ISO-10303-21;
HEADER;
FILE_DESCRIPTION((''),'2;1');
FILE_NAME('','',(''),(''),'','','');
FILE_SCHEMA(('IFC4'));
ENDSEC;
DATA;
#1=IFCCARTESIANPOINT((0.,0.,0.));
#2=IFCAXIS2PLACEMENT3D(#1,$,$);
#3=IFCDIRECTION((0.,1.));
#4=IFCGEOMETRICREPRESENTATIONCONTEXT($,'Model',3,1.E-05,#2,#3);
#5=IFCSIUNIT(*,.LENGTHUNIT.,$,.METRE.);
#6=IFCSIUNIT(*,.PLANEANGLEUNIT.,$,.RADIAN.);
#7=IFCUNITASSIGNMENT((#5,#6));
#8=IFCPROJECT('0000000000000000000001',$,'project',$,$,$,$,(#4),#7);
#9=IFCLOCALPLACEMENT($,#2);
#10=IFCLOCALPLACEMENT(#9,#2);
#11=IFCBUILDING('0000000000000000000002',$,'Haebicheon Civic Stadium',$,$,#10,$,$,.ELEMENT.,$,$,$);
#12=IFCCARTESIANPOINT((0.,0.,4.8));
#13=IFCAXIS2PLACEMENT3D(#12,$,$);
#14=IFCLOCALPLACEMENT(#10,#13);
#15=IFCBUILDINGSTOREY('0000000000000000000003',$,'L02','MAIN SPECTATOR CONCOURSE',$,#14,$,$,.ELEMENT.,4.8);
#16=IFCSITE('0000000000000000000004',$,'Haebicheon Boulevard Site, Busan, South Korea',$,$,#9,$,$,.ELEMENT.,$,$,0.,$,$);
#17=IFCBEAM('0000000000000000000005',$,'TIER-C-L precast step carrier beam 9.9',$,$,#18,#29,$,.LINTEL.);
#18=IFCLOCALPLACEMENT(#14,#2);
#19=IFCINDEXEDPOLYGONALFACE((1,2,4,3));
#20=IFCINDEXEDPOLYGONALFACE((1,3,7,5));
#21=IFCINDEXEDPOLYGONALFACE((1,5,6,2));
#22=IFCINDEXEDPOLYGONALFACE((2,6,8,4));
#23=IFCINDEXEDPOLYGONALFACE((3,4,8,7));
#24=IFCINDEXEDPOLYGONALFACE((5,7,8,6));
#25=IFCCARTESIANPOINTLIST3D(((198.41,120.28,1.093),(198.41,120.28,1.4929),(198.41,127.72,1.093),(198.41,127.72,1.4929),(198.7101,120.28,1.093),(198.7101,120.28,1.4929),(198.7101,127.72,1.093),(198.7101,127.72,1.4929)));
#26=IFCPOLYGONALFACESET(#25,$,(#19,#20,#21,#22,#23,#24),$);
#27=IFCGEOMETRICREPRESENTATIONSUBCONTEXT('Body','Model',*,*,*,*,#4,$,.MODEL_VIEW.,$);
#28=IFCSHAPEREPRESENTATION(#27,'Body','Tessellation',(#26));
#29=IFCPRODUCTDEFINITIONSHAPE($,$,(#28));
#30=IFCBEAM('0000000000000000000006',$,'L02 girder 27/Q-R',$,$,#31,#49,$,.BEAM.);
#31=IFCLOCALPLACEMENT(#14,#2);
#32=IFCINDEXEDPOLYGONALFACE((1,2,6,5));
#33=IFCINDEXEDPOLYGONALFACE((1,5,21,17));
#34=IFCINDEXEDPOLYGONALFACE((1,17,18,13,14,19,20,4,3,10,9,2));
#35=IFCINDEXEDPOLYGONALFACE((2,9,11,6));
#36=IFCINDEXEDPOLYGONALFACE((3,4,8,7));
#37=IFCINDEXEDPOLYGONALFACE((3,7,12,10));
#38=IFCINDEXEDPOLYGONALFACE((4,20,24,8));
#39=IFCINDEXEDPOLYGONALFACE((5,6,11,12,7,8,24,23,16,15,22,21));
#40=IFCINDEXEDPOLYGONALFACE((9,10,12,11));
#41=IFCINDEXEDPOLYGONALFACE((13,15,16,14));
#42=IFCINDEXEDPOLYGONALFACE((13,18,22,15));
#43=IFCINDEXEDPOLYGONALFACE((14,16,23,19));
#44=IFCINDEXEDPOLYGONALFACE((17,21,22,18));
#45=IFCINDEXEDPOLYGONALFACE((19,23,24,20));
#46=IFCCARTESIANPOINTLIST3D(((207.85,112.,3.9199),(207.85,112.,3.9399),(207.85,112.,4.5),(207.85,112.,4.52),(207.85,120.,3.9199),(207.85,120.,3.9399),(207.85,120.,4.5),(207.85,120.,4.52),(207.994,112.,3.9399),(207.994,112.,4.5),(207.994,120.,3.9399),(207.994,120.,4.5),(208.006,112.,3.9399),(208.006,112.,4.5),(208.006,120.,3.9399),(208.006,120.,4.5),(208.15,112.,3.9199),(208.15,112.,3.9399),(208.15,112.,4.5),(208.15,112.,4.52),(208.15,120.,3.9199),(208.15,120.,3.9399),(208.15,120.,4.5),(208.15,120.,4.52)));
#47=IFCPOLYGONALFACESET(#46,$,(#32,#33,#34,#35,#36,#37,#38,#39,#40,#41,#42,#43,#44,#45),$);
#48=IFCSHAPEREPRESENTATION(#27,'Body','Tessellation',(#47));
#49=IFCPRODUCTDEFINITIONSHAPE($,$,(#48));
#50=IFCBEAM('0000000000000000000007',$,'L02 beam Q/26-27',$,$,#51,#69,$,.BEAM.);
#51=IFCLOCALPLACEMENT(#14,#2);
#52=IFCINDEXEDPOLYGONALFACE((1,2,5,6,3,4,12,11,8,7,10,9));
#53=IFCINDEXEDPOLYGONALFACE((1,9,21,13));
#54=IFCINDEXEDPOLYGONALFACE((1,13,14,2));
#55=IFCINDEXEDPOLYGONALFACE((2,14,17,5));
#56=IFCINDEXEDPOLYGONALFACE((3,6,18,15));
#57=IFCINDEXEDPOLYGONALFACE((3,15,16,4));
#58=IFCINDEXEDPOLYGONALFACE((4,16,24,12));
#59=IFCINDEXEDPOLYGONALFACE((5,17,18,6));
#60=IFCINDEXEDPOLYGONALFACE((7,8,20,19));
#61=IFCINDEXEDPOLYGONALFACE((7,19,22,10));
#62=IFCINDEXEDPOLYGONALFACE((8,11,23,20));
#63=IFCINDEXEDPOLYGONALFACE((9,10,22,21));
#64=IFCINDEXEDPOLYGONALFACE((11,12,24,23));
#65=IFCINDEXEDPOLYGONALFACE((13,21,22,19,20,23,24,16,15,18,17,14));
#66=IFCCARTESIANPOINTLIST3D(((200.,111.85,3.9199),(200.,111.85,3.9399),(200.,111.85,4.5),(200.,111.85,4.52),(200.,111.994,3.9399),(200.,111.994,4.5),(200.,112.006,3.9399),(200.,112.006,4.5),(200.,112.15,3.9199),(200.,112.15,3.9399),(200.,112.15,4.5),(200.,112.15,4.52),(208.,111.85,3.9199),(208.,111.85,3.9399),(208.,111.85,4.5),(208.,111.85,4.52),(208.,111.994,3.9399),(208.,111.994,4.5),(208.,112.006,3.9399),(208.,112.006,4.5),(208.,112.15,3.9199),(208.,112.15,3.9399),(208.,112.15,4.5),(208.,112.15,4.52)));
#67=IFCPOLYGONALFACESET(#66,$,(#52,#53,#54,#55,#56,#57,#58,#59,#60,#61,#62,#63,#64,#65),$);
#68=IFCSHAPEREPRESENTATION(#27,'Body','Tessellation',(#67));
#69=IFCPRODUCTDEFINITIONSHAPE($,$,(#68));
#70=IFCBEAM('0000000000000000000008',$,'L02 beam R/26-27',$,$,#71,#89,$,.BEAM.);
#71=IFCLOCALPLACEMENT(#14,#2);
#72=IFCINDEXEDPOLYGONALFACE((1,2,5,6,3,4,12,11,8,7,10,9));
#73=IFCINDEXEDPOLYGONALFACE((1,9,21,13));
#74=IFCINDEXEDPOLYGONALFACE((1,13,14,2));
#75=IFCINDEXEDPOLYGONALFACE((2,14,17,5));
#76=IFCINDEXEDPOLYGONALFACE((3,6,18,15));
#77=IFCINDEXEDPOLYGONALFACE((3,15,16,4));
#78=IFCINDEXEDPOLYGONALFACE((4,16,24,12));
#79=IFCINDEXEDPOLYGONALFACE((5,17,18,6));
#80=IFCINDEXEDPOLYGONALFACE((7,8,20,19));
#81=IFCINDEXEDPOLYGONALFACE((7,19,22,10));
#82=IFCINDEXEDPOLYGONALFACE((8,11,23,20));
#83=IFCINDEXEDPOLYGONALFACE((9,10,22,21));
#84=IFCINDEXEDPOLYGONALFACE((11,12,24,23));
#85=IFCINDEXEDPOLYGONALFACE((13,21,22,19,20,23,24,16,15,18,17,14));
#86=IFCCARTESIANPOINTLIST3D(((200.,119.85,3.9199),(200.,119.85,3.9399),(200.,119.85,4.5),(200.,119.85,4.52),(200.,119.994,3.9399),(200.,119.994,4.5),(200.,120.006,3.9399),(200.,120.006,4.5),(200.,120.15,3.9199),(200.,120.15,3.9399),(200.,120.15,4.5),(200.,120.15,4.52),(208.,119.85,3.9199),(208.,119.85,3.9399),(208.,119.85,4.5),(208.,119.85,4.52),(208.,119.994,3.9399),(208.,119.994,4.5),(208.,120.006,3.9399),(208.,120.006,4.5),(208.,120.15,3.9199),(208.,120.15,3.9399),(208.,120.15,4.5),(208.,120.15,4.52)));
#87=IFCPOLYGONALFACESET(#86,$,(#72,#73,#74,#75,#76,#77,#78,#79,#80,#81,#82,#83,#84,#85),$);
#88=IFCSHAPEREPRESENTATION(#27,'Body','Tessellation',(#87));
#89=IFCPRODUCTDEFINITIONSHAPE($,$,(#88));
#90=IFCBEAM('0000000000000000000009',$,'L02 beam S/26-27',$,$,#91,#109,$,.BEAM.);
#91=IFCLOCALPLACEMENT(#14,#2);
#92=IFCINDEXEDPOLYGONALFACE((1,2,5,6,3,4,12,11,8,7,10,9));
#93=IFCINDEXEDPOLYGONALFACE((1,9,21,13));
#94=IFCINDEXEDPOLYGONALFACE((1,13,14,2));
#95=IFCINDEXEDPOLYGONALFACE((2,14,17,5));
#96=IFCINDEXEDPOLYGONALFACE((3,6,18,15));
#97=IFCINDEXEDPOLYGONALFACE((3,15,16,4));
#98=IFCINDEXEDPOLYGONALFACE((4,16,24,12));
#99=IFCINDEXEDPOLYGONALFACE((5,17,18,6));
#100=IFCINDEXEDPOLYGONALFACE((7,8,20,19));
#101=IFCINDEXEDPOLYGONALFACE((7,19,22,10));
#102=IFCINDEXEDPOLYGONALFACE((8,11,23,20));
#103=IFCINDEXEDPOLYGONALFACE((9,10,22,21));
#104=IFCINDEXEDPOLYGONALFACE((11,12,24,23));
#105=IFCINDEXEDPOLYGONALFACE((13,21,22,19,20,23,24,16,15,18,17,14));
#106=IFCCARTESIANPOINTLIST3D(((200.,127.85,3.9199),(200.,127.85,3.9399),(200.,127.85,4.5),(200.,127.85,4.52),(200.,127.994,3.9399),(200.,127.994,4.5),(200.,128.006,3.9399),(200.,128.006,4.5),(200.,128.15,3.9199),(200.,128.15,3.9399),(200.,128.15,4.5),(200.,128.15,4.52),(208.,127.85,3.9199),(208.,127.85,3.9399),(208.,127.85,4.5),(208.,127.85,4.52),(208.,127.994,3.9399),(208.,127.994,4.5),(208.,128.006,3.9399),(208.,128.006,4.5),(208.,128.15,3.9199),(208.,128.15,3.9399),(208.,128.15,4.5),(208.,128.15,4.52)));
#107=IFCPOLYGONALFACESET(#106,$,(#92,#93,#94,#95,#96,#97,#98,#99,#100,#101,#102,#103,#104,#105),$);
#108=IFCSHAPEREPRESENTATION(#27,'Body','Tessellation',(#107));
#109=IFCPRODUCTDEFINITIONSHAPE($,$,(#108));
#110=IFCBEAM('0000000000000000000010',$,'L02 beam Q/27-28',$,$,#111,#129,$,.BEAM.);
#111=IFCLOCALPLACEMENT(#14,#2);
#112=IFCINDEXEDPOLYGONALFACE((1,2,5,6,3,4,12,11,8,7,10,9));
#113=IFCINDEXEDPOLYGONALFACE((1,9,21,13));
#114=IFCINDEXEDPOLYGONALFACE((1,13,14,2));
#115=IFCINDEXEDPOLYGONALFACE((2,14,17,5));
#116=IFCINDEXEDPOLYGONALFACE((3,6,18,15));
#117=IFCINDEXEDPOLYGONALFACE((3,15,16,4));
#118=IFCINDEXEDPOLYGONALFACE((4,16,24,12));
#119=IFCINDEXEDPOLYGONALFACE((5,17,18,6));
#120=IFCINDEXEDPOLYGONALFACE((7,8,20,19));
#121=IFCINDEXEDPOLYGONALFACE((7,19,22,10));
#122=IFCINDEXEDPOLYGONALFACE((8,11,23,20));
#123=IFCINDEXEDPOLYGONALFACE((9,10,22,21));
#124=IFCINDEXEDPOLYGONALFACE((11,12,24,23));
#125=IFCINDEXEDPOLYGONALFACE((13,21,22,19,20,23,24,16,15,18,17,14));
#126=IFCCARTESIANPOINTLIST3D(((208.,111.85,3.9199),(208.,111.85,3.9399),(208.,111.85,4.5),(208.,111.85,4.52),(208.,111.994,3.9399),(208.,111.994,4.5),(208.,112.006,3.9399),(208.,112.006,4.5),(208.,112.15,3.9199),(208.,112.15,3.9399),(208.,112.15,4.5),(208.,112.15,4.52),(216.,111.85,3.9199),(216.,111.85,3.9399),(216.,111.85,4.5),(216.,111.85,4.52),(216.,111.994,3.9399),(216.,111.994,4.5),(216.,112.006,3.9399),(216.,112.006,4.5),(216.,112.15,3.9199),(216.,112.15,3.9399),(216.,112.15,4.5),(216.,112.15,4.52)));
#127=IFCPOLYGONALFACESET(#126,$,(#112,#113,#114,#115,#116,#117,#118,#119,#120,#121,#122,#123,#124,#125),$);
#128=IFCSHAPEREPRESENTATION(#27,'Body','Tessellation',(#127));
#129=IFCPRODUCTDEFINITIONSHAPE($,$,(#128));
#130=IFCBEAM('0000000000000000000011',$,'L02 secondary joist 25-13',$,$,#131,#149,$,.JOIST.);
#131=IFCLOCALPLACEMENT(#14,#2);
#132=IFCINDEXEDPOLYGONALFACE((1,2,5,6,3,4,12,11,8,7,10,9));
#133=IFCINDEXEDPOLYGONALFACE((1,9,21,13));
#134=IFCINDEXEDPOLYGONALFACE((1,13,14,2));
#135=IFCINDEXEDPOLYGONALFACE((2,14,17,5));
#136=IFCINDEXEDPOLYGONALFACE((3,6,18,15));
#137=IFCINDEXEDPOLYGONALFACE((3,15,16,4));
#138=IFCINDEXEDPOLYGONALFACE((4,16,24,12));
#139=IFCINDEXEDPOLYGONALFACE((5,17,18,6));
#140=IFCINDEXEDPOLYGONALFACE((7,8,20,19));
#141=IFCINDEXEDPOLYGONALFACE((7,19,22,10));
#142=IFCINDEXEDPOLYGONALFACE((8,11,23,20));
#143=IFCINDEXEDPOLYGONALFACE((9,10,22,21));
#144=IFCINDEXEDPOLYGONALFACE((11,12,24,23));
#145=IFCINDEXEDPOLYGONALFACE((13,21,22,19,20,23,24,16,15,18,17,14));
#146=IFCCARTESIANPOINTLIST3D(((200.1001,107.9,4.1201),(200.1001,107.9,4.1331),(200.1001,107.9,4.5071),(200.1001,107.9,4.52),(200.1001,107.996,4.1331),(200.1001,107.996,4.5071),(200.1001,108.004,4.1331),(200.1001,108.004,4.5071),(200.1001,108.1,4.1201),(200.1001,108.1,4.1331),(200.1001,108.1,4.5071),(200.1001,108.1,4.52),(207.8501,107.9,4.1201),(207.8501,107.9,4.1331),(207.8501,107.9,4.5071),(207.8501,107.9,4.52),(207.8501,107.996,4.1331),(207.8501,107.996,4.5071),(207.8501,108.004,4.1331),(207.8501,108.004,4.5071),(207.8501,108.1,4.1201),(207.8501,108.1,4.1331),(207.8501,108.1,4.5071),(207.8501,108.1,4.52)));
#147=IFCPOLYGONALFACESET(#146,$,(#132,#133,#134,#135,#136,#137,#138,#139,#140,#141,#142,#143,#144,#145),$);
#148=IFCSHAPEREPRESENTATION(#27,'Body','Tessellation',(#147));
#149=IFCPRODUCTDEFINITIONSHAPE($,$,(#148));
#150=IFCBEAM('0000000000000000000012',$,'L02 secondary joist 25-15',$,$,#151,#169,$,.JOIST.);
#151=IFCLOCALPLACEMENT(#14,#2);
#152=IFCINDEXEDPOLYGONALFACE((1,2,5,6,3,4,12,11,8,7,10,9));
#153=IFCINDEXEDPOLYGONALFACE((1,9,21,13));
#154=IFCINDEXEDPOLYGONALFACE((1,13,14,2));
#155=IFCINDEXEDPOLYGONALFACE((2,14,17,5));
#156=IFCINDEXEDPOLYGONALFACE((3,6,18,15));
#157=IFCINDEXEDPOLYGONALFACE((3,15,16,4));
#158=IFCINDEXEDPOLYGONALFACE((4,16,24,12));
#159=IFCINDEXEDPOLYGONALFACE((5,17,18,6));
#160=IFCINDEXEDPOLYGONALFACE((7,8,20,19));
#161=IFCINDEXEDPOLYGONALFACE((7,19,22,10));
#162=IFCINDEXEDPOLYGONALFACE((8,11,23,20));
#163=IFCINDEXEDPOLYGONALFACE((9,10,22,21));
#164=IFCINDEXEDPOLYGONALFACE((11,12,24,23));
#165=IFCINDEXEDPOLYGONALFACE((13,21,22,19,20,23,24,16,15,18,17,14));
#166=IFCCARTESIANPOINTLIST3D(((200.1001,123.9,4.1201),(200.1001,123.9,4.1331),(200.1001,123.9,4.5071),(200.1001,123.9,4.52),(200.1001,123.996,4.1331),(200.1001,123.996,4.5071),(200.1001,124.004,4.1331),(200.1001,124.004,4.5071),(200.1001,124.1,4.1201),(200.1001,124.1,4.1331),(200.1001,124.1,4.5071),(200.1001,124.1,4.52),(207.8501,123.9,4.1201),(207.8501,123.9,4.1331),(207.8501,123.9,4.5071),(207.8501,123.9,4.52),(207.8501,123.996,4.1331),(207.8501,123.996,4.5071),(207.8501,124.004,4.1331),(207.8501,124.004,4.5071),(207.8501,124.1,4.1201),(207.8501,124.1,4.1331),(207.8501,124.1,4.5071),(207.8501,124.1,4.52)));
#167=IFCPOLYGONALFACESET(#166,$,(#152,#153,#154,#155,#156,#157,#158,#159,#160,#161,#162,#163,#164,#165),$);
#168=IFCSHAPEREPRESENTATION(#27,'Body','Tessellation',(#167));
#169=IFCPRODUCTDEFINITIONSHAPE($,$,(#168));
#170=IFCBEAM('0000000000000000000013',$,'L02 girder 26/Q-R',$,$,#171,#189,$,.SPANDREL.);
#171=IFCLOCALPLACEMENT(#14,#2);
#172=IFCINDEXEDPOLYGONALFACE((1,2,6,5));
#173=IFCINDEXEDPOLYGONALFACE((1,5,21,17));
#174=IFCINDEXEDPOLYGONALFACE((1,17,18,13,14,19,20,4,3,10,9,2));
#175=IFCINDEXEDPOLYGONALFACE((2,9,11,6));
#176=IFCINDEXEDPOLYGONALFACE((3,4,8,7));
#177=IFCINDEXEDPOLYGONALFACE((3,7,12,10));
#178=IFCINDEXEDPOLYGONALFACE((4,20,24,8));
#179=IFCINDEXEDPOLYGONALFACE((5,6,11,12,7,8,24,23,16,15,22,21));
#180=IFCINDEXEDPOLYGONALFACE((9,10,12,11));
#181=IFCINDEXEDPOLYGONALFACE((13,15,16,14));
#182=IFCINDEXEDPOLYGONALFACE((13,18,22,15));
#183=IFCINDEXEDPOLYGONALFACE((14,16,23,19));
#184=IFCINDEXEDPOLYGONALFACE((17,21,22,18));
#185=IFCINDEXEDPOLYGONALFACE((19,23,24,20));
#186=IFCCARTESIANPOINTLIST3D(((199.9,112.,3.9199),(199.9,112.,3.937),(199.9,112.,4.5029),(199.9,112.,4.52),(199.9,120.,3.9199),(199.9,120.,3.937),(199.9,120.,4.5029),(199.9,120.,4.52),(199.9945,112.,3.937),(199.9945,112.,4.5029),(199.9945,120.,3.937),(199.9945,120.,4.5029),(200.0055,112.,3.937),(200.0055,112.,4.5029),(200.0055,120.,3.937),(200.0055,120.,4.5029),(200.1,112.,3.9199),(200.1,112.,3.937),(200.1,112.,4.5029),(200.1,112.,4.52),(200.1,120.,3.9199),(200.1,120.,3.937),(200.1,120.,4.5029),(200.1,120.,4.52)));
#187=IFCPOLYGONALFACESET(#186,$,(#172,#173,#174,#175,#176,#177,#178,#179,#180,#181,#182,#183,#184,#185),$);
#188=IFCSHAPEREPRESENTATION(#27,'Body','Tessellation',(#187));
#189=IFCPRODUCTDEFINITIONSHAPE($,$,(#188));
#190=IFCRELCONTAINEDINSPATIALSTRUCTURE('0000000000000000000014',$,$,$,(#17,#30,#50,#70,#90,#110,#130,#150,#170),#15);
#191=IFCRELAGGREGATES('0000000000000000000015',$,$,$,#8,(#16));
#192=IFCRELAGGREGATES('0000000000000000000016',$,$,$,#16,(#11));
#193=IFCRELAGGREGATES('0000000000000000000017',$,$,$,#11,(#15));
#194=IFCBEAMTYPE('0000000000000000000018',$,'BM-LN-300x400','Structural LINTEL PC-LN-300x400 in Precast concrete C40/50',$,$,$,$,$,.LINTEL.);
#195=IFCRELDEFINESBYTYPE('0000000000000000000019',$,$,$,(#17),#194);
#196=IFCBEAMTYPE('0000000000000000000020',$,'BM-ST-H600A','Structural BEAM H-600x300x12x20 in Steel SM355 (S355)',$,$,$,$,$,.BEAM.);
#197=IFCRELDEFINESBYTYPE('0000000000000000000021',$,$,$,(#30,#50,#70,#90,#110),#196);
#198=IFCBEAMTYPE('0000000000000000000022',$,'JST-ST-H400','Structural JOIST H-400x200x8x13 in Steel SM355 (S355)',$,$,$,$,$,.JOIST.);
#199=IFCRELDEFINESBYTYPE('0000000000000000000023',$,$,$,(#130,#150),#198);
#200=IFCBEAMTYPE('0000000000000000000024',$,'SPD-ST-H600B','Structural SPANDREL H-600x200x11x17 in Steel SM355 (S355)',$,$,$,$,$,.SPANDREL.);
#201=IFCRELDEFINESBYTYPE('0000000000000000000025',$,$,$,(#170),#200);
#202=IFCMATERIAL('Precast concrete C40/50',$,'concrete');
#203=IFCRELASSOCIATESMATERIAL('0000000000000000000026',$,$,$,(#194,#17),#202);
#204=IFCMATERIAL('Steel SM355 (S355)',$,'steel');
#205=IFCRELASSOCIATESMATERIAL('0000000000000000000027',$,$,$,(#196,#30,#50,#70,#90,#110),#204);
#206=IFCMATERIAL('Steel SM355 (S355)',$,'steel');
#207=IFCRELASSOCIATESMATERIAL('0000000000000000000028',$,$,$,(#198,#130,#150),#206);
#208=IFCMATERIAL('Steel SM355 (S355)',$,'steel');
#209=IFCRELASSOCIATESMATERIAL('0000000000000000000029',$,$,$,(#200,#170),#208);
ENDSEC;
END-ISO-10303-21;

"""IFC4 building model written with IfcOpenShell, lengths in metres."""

from ifc_helpers import new_model, si_unit, direction, frame, origin, origin_2d, place, context, subcontext, project, spatial, rectangle, i_section, extrude, material, material_profile, profile_set, type_object, element, save


model = new_model("IFC4")

# Units and contexts
model_context = context("Model", 3, precision=1e-05, world=origin(), true_north=direction((0.0, 1.0)))
body_context = subcontext(model_context, "Body", "Model", "MODEL_VIEW")
ifc_project = project(units=[si_unit("LENGTHUNIT", "METRE"), si_unit("PLANEANGLEUNIT", "RADIAN")], contexts=[model_context])

# Site, building, storey
site_placement = place(None, origin())
site = spatial("IfcSite", under=ifc_project, at=site_placement, Name="Haebicheon Boulevard Site, Busan, South Korea", CompositionType="ELEMENT", RefElevation=0.0)
building_placement = place(site_placement, origin())
building = spatial("IfcBuilding", under=site, at=building_placement, Name="Haebicheon Civic Stadium", CompositionType="ELEMENT")
storey_placement = place(building_placement, frame((0.0, 0.0, 4.8)))
storey = spatial("IfcBuildingStorey", under=building, at=storey_placement, Name="L02", Description="MAIN SPECTATOR CONCOURSE", CompositionType="ELEMENT", Elevation=4.8)

# Beams
ifc_material_1 = material(Name="Precast concrete C40/50", Category="concrete")
ifc_material_profile_1 = material_profile(ifc_material_1, rectangle(XDim=0.3, YDim=0.3999, at=origin_2d()), Name="PC-LN-300x400")
ifc_profile_set_1 = profile_set([ifc_material_profile_1], Name="Precast concrete C40/50")
beam_type_1 = type_object("IfcBeamType", Name="BM-LN-300x400", Description="Structural LINTEL PC-LN-300x400 in Precast concrete C40/50", PredefinedType="LINTEL", material=ifc_profile_set_1)
for number, where, z_axis, x_axis, name in (
    (1, (198.5601, 120.28, 1.293), (0.0, 1.0, 0.0), (-1.0, 0.0, 0.0), "TIER-C-L precast step carrier beam 9.9"),
):
    element("IfcBeam", number, at=place(storey_placement, frame(where, z_axis=z_axis, x_axis=x_axis)), inside=storey, type_object=beam_type_1, material=ifc_profile_set_1, Name=name, PredefinedType="LINTEL", context=body_context, shape_type="SweptSolid", body=[
        extrude(rectangle(XDim=0.3, YDim=0.3999, at=origin_2d()), origin(), (0.0, 0.0, 1.0), 7.4399),
    ])
ifc_material_2 = material(Name="Steel SM355 (S355)", Category="steel")
ifc_material_profile_2 = material_profile(ifc_material_2, i_section(OverallWidth=0.3, OverallDepth=0.6001, WebThickness=0.012, FlangeThickness=0.02, at=origin_2d()), Name="H-600x300x12x20")
ifc_profile_set_2 = profile_set([ifc_material_profile_2], Name="Steel SM355 (S355)")
beam_type_2 = type_object("IfcBeamType", Name="BM-ST-H600A", Description="Structural BEAM H-600x300x12x20 in Steel SM355 (S355)", PredefinedType="BEAM", material=ifc_profile_set_2)
for number, where, z_axis, x_axis, name in (
    (2, (208.0, 112.0, 4.22), (0.0, 1.0, 0.0), (-1.0, 0.0, 0.0), "L02 girder 27/Q-R"),
    (3, (200.0, 112.0, 4.22), (1.0, 0.0, 0.0), (0.0, 1.0, 0.0), "L02 beam Q/26-27"),
    (4, (200.0, 120.0, 4.22), (1.0, 0.0, 0.0), (0.0, 1.0, 0.0), "L02 beam R/26-27"),
    (5, (200.0, 128.0, 4.22), (1.0, 0.0, 0.0), (0.0, 1.0, 0.0), "L02 beam S/26-27"),
    (6, (208.0, 112.0, 4.22), (1.0, 0.0, 0.0), (0.0, 1.0, 0.0), "L02 beam Q/27-28"),
):
    element("IfcBeam", number, at=place(storey_placement, frame(where, z_axis=z_axis, x_axis=x_axis)), inside=storey, type_object=beam_type_2, material=ifc_profile_set_2, Name=name, PredefinedType="BEAM", context=body_context, shape_type="SweptSolid", body=[
        extrude(i_section(OverallWidth=0.3, OverallDepth=0.6001, WebThickness=0.012, FlangeThickness=0.02, at=origin_2d()), origin(), (0.0, 0.0, 1.0), 8.0),
    ])
ifc_material_3 = material(Name="Steel SM355 (S355)", Category="steel")
ifc_material_profile_3 = material_profile(ifc_material_3, i_section(OverallWidth=0.2, OverallDepth=0.3999, WebThickness=0.0081, FlangeThickness=0.0129, at=origin_2d()), Name="H-400x200x8x13")
ifc_profile_set_3 = profile_set([ifc_material_profile_3], Name="Steel SM355 (S355)")
beam_type_3 = type_object("IfcBeamType", Name="JST-ST-H400", Description="Structural JOIST H-400x200x8x13 in Steel SM355 (S355)", PredefinedType="JOIST", material=ifc_profile_set_3)
for number, where, z_axis, x_axis, name in (
    (7, (200.1001, 108.0, 4.3201), (1.0, 0.0, 0.0), (0.0, 1.0, 0.0), "L02 secondary joist 25-13"),
    (8, (200.1001, 124.0, 4.3201), (1.0, 0.0, 0.0), (0.0, 1.0, 0.0), "L02 secondary joist 25-15"),
):
    element("IfcBeam", number, at=place(storey_placement, frame(where, z_axis=z_axis, x_axis=x_axis)), inside=storey, type_object=beam_type_3, material=ifc_profile_set_3, Name=name, PredefinedType="JOIST", context=body_context, shape_type="SweptSolid", body=[
        extrude(i_section(OverallWidth=0.2, OverallDepth=0.3999, WebThickness=0.0081, FlangeThickness=0.0129, at=origin_2d()), origin(), (0.0, 0.0, 1.0), 7.75),
    ])
ifc_material_4 = material(Name="Steel SM355 (S355)", Category="steel")
ifc_material_profile_4 = material_profile(ifc_material_4, i_section(OverallWidth=0.2, OverallDepth=0.6001, WebThickness=0.011, FlangeThickness=0.0171, at=origin_2d()), Name="H-600x200x11x17")
ifc_profile_set_4 = profile_set([ifc_material_profile_4], Name="Steel SM355 (S355)")
beam_type_4 = type_object("IfcBeamType", Name="SPD-ST-H600B", Description="Structural SPANDREL H-600x200x11x17 in Steel SM355 (S355)", PredefinedType="SPANDREL", material=ifc_profile_set_4)
for number, where, z_axis, x_axis, name in (
    (9, (200.0, 112.0, 4.22), (0.0, 1.0, 0.0), (-1.0, 0.0, 0.0), "L02 girder 26/Q-R"),
):
    element("IfcBeam", number, at=place(storey_placement, frame(where, z_axis=z_axis, x_axis=x_axis)), inside=storey, type_object=beam_type_4, material=ifc_profile_set_4, Name=name, PredefinedType="SPANDREL", context=body_context, shape_type="SweptSolid", body=[
        extrude(i_section(OverallWidth=0.2, OverallDepth=0.6001, WebThickness=0.011, FlangeThickness=0.0171, at=origin_2d()), origin(), (0.0, 0.0, 1.0), 8.0),
    ])

save(model, "model.ifc")
